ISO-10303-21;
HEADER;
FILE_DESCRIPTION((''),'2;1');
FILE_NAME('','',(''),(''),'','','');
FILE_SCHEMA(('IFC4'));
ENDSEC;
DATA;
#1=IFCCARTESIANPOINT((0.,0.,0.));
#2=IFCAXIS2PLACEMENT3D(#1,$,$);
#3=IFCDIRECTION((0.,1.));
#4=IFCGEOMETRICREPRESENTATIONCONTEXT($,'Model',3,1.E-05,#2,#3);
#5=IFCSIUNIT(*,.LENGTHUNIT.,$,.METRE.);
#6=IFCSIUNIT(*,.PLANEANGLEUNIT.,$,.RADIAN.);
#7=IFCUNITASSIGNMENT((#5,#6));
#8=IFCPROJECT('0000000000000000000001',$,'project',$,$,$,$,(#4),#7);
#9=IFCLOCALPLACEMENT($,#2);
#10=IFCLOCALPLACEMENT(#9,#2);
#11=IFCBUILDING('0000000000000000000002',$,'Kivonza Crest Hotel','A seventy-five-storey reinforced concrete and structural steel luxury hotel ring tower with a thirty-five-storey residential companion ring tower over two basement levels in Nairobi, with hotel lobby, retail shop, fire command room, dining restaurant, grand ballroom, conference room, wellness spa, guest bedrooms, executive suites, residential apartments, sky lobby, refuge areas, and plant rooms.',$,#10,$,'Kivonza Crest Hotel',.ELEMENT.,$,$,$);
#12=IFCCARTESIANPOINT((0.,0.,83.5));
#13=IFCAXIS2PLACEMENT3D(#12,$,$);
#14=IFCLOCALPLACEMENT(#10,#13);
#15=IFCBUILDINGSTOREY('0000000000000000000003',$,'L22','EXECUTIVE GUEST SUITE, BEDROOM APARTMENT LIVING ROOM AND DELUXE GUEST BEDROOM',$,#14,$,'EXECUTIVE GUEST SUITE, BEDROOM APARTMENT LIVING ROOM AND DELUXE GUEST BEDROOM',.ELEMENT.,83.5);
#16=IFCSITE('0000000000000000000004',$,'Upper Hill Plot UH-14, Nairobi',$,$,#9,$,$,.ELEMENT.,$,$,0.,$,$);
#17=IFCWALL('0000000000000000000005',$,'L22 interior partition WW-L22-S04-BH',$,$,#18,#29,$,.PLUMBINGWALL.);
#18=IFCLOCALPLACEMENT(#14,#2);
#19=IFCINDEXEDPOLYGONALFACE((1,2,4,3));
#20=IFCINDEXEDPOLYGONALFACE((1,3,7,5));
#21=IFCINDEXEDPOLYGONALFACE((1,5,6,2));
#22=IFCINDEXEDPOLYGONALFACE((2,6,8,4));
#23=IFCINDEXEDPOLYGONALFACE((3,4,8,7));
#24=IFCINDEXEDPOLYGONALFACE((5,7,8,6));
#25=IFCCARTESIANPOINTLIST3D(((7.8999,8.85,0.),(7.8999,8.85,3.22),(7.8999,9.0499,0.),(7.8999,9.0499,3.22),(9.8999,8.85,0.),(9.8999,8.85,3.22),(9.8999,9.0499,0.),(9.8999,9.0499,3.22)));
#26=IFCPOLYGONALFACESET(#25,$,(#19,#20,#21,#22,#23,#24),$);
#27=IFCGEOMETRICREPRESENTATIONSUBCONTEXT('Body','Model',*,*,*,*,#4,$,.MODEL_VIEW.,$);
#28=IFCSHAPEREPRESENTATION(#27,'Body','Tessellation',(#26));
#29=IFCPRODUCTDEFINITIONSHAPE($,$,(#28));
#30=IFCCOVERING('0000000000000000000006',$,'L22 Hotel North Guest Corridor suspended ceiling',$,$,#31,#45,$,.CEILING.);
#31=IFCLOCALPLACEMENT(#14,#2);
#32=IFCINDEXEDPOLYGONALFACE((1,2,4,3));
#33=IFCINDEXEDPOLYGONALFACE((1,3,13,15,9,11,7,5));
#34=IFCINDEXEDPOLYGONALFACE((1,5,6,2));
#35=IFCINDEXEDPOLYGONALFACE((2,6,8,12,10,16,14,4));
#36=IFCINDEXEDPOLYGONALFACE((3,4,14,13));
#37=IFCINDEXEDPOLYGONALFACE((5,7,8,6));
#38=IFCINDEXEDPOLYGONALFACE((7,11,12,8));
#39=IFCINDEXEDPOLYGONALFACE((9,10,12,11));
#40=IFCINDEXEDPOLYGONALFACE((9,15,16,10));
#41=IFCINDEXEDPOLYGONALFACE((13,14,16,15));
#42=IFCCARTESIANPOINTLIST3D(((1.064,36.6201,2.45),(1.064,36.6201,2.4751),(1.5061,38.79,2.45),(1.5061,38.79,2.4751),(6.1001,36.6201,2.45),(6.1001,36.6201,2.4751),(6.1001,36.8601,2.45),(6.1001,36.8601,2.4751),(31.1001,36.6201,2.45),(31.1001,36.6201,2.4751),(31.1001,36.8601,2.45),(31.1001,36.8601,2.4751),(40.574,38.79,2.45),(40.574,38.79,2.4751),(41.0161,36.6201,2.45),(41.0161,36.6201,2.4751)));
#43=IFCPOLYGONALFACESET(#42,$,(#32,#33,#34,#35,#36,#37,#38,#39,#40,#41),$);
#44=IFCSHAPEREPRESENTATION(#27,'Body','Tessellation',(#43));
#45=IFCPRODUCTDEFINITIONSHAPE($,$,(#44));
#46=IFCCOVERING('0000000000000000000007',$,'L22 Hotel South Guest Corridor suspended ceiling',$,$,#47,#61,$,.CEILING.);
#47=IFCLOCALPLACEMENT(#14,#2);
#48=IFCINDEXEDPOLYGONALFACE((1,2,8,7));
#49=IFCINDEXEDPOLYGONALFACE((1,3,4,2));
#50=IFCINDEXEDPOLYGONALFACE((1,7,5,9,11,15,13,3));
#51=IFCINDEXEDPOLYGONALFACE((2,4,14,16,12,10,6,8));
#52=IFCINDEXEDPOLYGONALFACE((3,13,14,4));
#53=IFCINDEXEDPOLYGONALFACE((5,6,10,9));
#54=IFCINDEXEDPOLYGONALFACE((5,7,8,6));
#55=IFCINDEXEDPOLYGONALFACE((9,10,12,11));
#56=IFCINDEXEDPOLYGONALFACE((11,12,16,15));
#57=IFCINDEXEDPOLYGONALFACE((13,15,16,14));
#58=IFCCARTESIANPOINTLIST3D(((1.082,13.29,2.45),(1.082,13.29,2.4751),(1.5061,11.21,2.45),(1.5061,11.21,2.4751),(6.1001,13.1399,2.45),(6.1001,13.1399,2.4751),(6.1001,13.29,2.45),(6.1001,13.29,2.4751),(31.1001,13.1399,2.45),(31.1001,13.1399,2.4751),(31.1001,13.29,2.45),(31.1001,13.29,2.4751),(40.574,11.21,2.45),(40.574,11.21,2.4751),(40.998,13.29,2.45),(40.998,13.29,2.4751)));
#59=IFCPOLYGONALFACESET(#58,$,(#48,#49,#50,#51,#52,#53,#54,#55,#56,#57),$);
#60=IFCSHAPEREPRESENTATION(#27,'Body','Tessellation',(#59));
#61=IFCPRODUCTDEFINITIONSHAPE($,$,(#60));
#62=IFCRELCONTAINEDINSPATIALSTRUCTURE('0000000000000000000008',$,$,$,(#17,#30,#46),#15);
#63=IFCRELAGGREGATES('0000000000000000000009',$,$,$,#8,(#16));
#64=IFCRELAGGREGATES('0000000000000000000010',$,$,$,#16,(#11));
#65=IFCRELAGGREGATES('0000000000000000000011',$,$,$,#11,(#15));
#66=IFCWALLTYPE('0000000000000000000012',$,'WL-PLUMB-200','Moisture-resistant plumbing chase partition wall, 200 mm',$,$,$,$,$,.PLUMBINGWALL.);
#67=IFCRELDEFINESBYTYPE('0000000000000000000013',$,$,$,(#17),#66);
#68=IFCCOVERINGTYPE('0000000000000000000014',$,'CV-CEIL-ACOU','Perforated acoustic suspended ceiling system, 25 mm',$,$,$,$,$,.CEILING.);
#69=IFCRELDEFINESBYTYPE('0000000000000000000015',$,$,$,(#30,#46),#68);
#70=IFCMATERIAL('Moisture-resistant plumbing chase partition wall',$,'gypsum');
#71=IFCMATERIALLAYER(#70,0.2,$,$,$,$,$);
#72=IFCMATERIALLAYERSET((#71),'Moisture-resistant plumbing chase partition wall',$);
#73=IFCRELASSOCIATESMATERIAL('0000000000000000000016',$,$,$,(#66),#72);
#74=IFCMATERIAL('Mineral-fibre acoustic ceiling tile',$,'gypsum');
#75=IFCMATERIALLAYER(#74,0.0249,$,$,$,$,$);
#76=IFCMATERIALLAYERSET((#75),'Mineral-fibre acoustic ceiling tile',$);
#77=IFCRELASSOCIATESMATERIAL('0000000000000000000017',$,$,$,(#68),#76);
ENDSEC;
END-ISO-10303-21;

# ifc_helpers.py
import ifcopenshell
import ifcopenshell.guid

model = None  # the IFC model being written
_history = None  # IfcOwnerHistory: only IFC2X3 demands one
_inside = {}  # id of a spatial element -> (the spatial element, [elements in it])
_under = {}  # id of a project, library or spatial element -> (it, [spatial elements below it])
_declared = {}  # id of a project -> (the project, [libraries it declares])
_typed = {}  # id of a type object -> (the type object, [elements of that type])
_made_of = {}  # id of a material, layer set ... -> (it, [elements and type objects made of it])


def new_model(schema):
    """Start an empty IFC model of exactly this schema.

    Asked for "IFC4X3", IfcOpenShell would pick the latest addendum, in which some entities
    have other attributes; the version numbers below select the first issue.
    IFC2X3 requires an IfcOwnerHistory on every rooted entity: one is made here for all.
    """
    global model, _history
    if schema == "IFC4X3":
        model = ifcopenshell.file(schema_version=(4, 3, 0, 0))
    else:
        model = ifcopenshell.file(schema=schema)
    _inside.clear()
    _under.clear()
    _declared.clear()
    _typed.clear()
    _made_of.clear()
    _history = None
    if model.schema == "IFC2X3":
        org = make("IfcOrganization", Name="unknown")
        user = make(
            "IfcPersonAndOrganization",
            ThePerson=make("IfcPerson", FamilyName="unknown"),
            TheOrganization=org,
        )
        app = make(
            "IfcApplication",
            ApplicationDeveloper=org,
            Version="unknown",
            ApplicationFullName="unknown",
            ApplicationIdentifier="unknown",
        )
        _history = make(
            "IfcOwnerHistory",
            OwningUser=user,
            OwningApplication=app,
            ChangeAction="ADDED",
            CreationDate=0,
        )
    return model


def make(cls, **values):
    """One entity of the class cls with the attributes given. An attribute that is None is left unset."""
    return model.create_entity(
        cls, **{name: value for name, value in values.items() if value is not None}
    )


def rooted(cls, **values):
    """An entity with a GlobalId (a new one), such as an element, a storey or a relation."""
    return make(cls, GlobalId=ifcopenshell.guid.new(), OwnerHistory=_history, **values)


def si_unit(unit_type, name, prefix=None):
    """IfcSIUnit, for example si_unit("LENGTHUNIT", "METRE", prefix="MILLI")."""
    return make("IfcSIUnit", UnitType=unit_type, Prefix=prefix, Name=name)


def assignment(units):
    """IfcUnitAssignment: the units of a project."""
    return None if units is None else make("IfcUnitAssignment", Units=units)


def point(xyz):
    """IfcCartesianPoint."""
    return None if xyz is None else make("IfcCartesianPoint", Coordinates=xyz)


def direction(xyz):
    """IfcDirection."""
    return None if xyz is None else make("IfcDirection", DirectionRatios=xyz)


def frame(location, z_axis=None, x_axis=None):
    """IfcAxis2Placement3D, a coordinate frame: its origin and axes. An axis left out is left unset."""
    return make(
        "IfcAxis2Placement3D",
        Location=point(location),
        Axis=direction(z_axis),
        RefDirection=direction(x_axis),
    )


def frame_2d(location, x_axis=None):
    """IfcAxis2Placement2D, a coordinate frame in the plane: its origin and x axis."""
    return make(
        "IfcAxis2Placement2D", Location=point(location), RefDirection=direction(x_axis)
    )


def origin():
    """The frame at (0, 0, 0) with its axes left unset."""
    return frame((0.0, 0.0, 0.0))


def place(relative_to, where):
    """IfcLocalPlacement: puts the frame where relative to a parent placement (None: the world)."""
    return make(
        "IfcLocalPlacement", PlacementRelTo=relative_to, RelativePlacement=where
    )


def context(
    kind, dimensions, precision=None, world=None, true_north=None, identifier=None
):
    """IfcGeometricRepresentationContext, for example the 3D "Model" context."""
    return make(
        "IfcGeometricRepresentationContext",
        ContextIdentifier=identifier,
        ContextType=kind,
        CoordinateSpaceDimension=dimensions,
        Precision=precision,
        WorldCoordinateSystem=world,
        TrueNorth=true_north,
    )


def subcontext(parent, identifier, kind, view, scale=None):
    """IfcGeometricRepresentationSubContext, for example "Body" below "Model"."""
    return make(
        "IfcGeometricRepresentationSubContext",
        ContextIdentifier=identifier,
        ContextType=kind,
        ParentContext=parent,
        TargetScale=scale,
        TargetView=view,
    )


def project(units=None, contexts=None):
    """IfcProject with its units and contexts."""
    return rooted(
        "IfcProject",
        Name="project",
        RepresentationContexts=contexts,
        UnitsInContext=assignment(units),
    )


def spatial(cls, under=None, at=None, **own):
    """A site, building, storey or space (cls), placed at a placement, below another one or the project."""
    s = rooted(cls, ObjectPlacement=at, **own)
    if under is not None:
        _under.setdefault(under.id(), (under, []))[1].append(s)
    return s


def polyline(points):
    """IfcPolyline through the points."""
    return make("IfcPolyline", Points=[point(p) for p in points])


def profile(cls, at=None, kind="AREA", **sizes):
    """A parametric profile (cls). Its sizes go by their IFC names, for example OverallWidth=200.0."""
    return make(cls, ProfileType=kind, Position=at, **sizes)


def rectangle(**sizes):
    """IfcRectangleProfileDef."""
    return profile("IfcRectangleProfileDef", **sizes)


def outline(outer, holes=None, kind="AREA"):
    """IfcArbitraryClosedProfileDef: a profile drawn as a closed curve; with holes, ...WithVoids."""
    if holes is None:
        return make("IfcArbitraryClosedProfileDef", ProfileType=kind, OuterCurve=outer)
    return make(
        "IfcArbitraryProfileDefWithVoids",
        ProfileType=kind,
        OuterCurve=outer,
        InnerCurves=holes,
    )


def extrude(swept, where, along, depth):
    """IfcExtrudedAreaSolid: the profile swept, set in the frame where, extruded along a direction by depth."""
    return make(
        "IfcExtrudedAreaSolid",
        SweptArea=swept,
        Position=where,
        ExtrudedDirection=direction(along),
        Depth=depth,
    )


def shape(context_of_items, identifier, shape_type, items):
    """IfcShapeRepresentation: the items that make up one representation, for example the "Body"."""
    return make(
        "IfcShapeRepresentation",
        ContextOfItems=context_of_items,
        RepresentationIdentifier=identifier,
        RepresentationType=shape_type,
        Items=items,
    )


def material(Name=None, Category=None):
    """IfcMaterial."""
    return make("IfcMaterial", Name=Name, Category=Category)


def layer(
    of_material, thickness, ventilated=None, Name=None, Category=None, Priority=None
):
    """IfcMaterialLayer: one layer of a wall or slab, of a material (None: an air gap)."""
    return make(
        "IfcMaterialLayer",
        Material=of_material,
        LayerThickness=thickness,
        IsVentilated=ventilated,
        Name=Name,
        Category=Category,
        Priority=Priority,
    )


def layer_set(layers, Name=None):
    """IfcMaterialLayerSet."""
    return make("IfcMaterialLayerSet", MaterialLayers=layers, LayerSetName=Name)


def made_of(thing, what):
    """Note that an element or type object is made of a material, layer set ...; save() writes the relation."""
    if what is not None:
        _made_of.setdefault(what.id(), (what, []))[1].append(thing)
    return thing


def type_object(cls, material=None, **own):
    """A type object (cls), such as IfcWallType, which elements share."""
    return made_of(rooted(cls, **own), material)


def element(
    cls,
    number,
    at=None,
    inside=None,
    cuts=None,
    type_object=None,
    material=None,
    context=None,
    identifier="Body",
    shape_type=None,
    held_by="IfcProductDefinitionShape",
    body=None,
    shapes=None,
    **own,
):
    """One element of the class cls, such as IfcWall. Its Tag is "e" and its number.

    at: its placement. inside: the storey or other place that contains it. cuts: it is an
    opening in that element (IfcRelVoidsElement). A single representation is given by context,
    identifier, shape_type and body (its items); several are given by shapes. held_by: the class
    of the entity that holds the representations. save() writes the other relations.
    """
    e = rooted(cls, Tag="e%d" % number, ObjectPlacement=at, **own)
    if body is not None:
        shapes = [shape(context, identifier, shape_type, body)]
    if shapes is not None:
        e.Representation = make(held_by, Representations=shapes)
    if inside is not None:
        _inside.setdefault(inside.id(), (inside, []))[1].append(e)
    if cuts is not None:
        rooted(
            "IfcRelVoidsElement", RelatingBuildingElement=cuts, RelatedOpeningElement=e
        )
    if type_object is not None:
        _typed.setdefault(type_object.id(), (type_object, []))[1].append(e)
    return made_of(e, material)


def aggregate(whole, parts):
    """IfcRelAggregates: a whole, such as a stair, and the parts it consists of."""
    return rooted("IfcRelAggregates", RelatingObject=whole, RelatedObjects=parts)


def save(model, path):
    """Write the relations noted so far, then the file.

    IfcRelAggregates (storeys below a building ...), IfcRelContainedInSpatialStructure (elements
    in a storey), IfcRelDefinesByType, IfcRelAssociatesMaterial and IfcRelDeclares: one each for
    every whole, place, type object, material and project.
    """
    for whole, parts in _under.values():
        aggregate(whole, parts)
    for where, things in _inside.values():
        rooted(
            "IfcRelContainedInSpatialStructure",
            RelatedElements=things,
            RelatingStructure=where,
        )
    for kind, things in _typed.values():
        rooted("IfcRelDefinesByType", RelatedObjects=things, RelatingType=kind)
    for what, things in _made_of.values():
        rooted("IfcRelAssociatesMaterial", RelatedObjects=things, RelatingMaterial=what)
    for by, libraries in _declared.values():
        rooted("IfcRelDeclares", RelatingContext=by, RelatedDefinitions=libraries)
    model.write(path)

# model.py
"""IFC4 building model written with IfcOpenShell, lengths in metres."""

from ifc_helpers import new_model, si_unit, direction, frame, frame_2d, origin, place, context, subcontext, project, spatial, polyline, rectangle, outline, extrude, material, layer, layer_set, type_object, element, save


model = new_model("IFC4")

# Units and contexts
model_context = context("Model", 3, precision=1e-05, world=origin(), true_north=direction((0.0, 1.0)))
body_context = subcontext(model_context, "Body", "Model", "MODEL_VIEW")
ifc_project = project(units=[si_unit("LENGTHUNIT", "METRE"), si_unit("PLANEANGLEUNIT", "RADIAN")], contexts=[model_context])

# Site, building, storey
site_placement = place(None, origin())
site = spatial("IfcSite", under=ifc_project, at=site_placement, Name="Upper Hill Plot UH-14, Nairobi", CompositionType="ELEMENT", RefElevation=0.0)
building_placement = place(site_placement, origin())
building = spatial("IfcBuilding", under=site, at=building_placement, Name="Kivonza Crest Hotel", Description="A seventy-five-storey reinforced concrete and structural steel luxury hotel ring tower with a thirty-five-storey residential companion ring tower over two basement levels in Nairobi, with hotel lobby, retail shop, fire command room, dining restaurant, grand ballroom, conference room, wellness spa, guest bedrooms, executive suites, residential apartments, sky lobby, refuge areas, and plant rooms.", LongName="Kivonza Crest Hotel", CompositionType="ELEMENT")
storey_placement = place(building_placement, frame((0.0, 0.0, 83.5)))
storey = spatial("IfcBuildingStorey", under=building, at=storey_placement, Name="L22", Description="EXECUTIVE GUEST SUITE, BEDROOM APARTMENT LIVING ROOM AND DELUXE GUEST BEDROOM", LongName="EXECUTIVE GUEST SUITE, BEDROOM APARTMENT LIVING ROOM AND DELUXE GUEST BEDROOM", CompositionType="ELEMENT", Elevation=83.5)

# Shared definitions
ifc_material_1 = material(Name="Moisture-resistant plumbing chase partition wall", Category="gypsum")
ifc_layer_1 = layer(ifc_material_1, 0.2)
ifc_layer_set_1 = layer_set([ifc_layer_1], Name="Moisture-resistant plumbing chase partition wall")
wall_type_1 = type_object("IfcWallType", Name="WL-PLUMB-200", Description="Moisture-resistant plumbing chase partition wall, 200 mm", PredefinedType="PLUMBINGWALL", material=ifc_layer_set_1)

# Wall
wall_1_placement = place(storey_placement, frame((7.8999, 8.95, 0.0), z_axis=(0.0, 0.0, 1.0), x_axis=(1.0, 0.0, 0.0)))
element("IfcWall", 1, at=wall_1_placement, inside=storey, type_object=wall_type_1, Name="L22 interior partition WW-L22-S04-BH", PredefinedType="PLUMBINGWALL", context=body_context, shape_type="SweptSolid", body=[
    extrude(rectangle(XDim=2.0, YDim=0.2, at=frame_2d((1.0, 0.0))), origin(), (0.0, 0.0, 1.0), 3.22),
])

# Coverings
ifc_material_2 = material(Name="Mineral-fibre acoustic ceiling tile", Category="gypsum")
ifc_layer_2 = layer(ifc_material_2, 0.0249)
ifc_layer_set_2 = layer_set([ifc_layer_2], Name="Mineral-fibre acoustic ceiling tile")
covering_type = type_object("IfcCoveringType", Name="CV-CEIL-ACOU", Description="Perforated acoustic suspended ceiling system, 25 mm", PredefinedType="CEILING", material=ifc_layer_set_2)
covering_1_placement = place(storey_placement, frame((0.0, 0.0, 2.45)))
element("IfcCovering", 2, at=covering_1_placement, inside=storey, type_object=covering_type, Name="L22 Hotel North Guest Corridor suspended ceiling", PredefinedType="CEILING", context=body_context, shape_type="SweptSolid", body=[
    extrude(outline(polyline([(1.5061, 38.79), (1.064, 36.6201), (6.1001, 36.6201), (6.1001, 36.8601), (31.1001, 36.8601), (31.1001, 36.6201), (41.0161, 36.6201), (40.574, 38.79), (1.5061, 38.79)])), origin(), (0.0, 0.0, 1.0), 0.0251),
])
covering_2_placement = place(storey_placement, frame((0.0, 0.0, 2.45)))
element("IfcCovering", 3, at=covering_2_placement, inside=storey, type_object=covering_type, Name="L22 Hotel South Guest Corridor suspended ceiling", PredefinedType="CEILING", context=body_context, shape_type="SweptSolid", body=[
    extrude(outline(polyline([(40.574, 11.21), (40.998, 13.29), (31.1001, 13.29), (31.1001, 13.1399), (6.1001, 13.1399), (6.1001, 13.29), (1.082, 13.29), (1.5061, 11.21), (40.574, 11.21)])), origin(), (0.0, 0.0, 1.0), 0.0251),
])

save(model, "model.ifc")
